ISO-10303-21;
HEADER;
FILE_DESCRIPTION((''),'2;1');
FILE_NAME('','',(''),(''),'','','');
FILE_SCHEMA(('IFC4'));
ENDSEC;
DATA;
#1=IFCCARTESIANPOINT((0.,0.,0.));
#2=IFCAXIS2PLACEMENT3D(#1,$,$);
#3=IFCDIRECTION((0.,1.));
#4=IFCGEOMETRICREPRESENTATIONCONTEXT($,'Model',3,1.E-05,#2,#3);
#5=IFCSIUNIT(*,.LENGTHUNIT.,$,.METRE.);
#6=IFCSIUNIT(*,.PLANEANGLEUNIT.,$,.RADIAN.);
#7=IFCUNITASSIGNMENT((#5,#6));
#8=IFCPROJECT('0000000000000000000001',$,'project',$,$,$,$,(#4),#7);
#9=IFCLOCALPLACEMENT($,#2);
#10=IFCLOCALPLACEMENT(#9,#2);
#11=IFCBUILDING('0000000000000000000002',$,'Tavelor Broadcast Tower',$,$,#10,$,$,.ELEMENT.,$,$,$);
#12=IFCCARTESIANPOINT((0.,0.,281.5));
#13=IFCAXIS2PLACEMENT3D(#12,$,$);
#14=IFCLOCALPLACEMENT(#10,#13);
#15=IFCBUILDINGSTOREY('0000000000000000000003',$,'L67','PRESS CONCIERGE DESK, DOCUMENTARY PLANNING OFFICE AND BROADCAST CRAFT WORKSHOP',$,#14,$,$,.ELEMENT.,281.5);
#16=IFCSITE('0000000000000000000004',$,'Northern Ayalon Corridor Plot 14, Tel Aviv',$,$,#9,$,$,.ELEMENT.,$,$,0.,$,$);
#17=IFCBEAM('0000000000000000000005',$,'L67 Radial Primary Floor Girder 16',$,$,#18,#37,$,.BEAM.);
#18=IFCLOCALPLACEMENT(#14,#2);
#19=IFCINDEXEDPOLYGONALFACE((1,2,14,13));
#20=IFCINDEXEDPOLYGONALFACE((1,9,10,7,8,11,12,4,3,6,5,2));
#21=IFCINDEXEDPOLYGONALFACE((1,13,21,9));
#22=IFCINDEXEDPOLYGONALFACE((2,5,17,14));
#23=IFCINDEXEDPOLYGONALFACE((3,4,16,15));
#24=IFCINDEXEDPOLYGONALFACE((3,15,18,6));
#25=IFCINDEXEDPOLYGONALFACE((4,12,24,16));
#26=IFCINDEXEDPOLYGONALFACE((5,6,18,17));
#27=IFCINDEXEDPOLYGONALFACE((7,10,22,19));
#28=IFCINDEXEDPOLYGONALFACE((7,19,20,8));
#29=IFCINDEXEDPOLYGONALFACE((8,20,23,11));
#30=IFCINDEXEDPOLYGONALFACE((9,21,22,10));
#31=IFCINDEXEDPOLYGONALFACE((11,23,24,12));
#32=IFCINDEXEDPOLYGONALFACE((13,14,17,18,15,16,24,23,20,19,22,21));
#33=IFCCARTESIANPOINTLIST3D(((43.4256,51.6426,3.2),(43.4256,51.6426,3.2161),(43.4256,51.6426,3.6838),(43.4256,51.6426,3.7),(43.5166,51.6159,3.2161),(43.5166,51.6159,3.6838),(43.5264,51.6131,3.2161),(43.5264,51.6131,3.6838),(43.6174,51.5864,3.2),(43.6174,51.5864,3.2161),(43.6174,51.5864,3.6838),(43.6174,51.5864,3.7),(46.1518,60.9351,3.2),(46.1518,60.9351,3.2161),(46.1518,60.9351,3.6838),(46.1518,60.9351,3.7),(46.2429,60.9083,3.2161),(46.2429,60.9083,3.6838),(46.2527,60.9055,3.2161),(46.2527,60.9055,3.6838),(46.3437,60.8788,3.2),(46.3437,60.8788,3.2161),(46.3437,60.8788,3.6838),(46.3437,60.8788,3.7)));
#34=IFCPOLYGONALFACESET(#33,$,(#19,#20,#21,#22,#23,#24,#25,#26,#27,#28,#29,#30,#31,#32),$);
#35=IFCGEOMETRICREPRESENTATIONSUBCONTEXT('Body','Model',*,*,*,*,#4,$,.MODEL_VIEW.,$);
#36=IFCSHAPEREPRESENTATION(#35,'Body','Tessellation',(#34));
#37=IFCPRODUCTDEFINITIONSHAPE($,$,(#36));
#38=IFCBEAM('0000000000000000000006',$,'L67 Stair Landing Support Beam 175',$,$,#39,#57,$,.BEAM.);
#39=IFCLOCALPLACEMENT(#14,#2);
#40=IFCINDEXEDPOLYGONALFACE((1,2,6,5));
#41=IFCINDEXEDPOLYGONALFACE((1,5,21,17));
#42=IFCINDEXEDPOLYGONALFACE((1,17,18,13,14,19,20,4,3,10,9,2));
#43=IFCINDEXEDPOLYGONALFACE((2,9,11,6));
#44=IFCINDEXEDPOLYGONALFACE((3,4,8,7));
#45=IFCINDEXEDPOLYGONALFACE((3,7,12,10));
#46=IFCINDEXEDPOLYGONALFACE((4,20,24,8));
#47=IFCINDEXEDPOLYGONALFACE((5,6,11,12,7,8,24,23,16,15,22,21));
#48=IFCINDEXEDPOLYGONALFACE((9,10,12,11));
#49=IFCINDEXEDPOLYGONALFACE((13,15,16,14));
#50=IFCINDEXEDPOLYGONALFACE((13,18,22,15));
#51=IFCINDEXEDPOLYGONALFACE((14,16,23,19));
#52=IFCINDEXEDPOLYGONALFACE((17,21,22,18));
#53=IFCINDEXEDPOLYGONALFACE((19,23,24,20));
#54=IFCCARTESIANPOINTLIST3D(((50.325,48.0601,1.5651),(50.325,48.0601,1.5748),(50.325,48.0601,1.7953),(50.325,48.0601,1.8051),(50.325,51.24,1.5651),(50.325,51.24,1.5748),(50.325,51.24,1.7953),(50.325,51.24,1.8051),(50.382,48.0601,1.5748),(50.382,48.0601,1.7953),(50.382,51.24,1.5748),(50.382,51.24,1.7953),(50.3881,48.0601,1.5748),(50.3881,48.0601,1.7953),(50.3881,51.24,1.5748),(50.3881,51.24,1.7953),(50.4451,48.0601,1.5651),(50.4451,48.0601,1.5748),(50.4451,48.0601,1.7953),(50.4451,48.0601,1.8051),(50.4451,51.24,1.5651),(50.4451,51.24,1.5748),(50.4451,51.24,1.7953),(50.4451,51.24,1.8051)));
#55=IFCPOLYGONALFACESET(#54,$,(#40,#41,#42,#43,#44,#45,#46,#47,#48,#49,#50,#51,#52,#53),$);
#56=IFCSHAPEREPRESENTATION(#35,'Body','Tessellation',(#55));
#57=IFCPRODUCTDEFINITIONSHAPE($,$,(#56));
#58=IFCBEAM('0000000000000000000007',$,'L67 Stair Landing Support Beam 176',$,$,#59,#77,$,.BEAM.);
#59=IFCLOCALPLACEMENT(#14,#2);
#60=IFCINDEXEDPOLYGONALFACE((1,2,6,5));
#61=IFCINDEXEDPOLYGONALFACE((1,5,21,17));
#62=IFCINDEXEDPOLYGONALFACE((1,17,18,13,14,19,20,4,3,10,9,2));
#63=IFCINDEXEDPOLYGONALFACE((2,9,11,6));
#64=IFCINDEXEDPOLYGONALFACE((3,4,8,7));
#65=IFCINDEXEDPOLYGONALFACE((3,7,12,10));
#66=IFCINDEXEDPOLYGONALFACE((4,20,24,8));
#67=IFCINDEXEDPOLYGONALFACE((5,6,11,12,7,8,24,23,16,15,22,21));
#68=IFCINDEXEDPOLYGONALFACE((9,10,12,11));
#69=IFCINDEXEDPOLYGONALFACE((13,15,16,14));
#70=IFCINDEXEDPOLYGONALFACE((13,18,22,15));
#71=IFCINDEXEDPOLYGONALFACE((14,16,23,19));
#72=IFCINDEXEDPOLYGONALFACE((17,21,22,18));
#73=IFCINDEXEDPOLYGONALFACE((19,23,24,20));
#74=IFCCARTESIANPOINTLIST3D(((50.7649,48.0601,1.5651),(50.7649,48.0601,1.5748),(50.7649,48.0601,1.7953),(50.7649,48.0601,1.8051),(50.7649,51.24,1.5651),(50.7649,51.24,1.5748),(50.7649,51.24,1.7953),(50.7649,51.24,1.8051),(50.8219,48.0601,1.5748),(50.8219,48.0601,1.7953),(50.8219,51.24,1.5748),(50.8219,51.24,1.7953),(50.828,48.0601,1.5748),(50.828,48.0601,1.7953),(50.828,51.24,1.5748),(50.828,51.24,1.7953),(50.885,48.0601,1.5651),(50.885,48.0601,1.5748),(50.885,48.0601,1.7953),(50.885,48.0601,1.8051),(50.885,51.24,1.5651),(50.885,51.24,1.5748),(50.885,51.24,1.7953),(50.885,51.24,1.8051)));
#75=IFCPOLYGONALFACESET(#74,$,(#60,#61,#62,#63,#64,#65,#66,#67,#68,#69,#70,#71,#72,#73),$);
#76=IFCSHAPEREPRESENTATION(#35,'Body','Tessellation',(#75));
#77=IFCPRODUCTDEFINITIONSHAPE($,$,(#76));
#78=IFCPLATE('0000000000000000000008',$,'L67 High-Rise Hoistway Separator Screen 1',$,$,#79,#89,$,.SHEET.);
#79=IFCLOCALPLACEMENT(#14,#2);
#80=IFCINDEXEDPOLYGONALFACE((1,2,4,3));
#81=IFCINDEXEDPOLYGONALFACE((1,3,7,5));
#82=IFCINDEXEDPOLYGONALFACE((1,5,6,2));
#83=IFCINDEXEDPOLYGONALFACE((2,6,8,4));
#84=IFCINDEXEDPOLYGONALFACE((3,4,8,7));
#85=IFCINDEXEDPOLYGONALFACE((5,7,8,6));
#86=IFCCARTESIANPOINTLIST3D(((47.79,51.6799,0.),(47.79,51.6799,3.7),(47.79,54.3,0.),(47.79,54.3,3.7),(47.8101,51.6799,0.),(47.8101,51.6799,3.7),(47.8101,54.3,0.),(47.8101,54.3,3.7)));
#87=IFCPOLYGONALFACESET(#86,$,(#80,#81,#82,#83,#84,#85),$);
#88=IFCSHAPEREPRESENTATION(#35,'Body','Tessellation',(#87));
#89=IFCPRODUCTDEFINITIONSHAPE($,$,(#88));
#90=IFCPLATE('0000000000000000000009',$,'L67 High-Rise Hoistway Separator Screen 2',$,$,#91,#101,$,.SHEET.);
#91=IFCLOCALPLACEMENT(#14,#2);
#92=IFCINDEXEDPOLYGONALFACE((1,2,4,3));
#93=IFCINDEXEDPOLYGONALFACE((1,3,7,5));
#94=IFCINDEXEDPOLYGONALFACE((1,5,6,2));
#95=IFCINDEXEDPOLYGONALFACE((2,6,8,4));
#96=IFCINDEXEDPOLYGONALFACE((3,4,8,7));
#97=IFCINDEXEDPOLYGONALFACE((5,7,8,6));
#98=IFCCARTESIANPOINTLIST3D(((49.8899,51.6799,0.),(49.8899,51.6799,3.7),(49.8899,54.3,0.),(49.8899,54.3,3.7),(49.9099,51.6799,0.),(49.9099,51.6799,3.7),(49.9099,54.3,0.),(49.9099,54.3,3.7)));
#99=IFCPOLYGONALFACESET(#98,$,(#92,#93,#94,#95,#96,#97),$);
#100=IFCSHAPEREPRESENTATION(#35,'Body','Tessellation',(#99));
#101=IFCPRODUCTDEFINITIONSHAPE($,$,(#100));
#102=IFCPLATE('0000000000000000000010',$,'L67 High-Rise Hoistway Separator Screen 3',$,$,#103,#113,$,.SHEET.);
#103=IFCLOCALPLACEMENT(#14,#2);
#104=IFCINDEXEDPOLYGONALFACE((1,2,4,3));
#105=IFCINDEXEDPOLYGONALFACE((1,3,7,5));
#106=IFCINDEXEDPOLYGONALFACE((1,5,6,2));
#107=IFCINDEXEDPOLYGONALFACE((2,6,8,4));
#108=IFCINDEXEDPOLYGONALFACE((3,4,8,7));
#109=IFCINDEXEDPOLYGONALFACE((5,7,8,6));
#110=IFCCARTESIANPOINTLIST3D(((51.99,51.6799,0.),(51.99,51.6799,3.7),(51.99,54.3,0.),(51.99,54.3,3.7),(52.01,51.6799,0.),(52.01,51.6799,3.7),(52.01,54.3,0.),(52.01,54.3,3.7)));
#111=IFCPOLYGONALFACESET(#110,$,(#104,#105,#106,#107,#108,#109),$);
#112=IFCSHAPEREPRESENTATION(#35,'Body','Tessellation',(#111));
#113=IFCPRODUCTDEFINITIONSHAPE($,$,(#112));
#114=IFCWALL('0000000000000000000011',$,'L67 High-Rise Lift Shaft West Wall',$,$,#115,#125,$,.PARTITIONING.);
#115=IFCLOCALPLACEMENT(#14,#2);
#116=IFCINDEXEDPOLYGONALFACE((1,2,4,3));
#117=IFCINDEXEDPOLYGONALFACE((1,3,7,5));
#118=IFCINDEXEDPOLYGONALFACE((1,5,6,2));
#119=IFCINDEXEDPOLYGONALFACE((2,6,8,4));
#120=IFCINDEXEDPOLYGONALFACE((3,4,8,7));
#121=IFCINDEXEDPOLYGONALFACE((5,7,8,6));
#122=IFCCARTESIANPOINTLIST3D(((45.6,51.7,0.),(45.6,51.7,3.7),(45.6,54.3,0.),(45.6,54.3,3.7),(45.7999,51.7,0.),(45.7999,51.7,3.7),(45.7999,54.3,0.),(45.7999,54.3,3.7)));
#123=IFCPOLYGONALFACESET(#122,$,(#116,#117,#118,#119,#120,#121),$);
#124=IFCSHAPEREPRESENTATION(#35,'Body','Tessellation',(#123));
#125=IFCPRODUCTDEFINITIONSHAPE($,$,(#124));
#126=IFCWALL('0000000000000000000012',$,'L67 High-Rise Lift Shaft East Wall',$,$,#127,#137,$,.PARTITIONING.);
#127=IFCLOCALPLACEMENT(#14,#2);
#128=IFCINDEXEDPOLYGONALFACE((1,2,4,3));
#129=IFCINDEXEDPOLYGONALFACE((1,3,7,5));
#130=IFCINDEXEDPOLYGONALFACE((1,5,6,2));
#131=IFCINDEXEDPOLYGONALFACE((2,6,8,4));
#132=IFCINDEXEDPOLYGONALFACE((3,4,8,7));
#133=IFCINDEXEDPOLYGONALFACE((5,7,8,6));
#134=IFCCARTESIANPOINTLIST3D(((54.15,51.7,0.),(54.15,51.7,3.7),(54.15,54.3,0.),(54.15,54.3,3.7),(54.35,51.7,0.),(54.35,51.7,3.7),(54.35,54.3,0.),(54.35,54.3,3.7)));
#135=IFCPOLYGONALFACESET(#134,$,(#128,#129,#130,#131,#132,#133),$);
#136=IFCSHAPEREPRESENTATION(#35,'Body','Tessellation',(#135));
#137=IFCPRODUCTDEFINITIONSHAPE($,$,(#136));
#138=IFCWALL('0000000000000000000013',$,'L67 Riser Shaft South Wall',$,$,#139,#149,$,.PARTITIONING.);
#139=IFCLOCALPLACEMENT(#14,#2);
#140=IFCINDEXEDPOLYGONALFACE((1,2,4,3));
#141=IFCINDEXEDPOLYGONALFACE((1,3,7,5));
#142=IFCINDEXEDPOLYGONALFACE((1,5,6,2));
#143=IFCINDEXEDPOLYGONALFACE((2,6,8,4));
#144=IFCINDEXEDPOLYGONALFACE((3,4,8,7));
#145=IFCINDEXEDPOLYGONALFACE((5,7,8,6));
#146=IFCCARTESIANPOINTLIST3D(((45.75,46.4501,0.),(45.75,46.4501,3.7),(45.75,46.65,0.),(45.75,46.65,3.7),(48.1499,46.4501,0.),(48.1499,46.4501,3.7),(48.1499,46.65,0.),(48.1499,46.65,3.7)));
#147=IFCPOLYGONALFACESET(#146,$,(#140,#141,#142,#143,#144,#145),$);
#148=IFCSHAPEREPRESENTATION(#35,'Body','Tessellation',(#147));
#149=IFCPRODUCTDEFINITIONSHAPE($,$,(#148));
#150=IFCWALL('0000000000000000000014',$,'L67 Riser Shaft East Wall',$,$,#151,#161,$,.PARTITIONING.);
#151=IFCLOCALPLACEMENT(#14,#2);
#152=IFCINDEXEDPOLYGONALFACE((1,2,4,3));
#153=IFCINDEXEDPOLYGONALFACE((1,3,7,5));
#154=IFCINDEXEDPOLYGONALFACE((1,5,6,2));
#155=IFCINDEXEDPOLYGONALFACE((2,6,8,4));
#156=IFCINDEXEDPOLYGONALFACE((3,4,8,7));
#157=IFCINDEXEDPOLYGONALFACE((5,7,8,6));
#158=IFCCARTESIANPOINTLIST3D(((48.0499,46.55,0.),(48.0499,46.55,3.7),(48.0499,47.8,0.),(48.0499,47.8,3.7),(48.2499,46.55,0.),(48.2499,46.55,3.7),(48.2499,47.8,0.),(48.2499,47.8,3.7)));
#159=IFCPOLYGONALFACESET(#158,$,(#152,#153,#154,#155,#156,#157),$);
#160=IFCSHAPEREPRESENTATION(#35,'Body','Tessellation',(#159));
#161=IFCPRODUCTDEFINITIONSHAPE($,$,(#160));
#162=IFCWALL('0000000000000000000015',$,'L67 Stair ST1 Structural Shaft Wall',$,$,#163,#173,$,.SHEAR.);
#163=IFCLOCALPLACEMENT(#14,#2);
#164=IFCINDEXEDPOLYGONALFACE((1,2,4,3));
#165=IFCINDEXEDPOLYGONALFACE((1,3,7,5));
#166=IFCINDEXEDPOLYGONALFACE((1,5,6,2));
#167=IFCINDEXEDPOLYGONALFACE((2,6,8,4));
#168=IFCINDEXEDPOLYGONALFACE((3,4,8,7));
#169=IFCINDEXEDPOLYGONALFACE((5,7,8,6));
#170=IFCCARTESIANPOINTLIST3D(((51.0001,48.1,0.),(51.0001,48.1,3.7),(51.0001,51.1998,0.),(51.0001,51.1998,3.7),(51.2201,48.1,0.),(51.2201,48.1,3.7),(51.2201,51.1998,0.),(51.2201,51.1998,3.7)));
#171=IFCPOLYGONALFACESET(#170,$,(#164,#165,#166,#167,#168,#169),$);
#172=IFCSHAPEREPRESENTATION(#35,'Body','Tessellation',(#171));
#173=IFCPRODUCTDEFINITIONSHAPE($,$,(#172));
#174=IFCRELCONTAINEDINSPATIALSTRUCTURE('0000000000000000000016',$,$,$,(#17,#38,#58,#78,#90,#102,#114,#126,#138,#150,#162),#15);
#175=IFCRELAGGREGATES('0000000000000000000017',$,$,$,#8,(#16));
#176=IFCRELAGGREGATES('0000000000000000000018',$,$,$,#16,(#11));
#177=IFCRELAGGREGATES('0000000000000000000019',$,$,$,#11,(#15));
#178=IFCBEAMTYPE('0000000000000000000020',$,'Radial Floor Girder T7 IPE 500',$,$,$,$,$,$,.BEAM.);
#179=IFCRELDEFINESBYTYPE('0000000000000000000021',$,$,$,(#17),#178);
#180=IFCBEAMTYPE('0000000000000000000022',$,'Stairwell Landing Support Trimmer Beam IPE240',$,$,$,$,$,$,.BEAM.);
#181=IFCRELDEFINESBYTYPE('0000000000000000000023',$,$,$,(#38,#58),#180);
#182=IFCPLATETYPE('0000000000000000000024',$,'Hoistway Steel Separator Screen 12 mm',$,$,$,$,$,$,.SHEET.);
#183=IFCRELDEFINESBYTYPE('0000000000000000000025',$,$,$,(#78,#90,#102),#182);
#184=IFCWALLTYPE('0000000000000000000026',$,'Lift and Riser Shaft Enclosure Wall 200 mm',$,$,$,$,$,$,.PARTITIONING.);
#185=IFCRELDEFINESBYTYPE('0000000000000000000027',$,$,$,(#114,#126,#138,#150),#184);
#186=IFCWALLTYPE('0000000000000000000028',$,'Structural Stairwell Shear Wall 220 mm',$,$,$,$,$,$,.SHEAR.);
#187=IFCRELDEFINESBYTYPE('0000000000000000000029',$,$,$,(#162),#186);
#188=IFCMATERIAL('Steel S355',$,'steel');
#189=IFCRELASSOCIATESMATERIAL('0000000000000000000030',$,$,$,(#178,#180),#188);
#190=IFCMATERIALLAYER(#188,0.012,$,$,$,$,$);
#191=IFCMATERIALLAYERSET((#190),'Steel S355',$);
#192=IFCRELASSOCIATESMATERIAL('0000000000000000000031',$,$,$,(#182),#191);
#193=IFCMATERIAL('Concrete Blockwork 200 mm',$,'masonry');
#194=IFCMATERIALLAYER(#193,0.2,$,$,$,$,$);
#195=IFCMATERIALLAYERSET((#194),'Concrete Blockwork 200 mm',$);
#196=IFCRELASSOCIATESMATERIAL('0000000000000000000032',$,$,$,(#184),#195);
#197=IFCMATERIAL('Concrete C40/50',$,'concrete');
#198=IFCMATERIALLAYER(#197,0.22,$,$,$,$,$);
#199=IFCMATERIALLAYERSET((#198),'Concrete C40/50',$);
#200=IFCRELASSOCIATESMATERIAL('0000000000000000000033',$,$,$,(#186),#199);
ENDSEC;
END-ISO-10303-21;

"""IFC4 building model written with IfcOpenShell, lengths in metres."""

from ifc_helpers import new_model, si_unit, direction, frame, frame_2d, origin, origin_2d, place, context, subcontext, project, spatial, rectangle, i_section, extrude, source, transform, mapped, material, layer, layer_set, material_profile, profile_set, type_object, type_shapes, element, save


model = new_model("IFC4")

# Units and contexts
model_context = context("Model", 3, precision=1e-05, world=origin(), true_north=direction((0.0, 1.0)))
body_context = subcontext(model_context, "Body", "Model", "MODEL_VIEW")
ifc_project = project(units=[si_unit("LENGTHUNIT", "METRE"), si_unit("PLANEANGLEUNIT", "RADIAN")], contexts=[model_context])

# Site, building, storey
site_placement = place(None, origin())
site = spatial("IfcSite", under=ifc_project, at=site_placement, Name="Northern Ayalon Corridor Plot 14, Tel Aviv", CompositionType="ELEMENT", RefElevation=0.0)
building_placement = place(site_placement, origin())
building = spatial("IfcBuilding", under=site, at=building_placement, Name="Tavelor Broadcast Tower", CompositionType="ELEMENT")
storey_placement = place(building_placement, frame((0.0, 0.0, 281.5)))
storey = spatial("IfcBuildingStorey", under=building, at=storey_placement, Name="L67", Description="PRESS CONCIERGE DESK, DOCUMENTARY PLANNING OFFICE AND BROADCAST CRAFT WORKSHOP", CompositionType="ELEMENT", Elevation=281.5)

# Beams
ifc_material_1 = material(Name="Steel S355", Category="steel")
ifc_material_profile_1 = material_profile(ifc_material_1, i_section(OverallWidth=0.2, OverallDepth=0.5, WebThickness=0.0103, FlangeThickness=0.0161, at=origin_2d()), Name="IPE 500")
ifc_profile_set_1 = profile_set([ifc_material_profile_1], Name="Steel S355")
beam_type_1 = type_object("IfcBeamType", Name="Radial Floor Girder T7 IPE 500", PredefinedType="BEAM", material=ifc_profile_set_1)
beam_placement = place(storey_placement, frame((43.5215, 51.6145, 3.45), z_axis=(0.281523, 0.959554, 0.0), x_axis=(-0.959554, 0.281523, 0.0)))
element("IfcBeam", 1, at=beam_placement, inside=storey, type_object=beam_type_1, Name="L67 Radial Primary Floor Girder 16", PredefinedType="BEAM", context=body_context, shape_type="SweptSolid", body=[
    extrude(i_section(OverallWidth=0.2, OverallDepth=0.5, WebThickness=0.0103, FlangeThickness=0.0161, at=origin_2d()), origin(), (0.0, 0.0, 1.0), 9.6841),
])
ifc_material_profile_2 = material_profile(ifc_material_1, i_section(OverallWidth=0.1201, OverallDepth=0.24, WebThickness=0.0061, FlangeThickness=0.0098, at=origin_2d()), Name="IPE 240")
ifc_profile_set_2 = profile_set([ifc_material_profile_2], Name="Steel S355")
beam_type_2 = type_object("IfcBeamType", Name="Stairwell Landing Support Trimmer Beam IPE240", PredefinedType="BEAM", material=ifc_profile_set_2)
for number, where, z_axis, x_axis, name in (
    (2, (50.385, 48.0601, 1.6851), (0.0, 1.0, 0.0), (-1.0, 0.0, 0.0), "L67 Stair Landing Support Beam 175"),
    (3, (50.825, 48.0601, 1.6851), (0.0, 1.0, 0.0), (-1.0, 0.0, 0.0), "L67 Stair Landing Support Beam 176"),
):
    element("IfcBeam", number, at=place(storey_placement, frame(where, z_axis=z_axis, x_axis=x_axis)), inside=storey, type_object=beam_type_2, Name=name, PredefinedType="BEAM", context=body_context, shape_type="SweptSolid", body=[
        extrude(i_section(OverallWidth=0.1201, OverallDepth=0.24, WebThickness=0.0061, FlangeThickness=0.0098, at=origin_2d()), origin(), (0.0, 0.0, 1.0), 3.1799),
    ])

# Plates
ifc_layer_1 = layer(ifc_material_1, 0.012)
ifc_layer_set_1 = layer_set([ifc_layer_1], Name="Steel S355")
plate_type = type_object("IfcPlateType", Name="Hoistway Steel Separator Screen 12 mm", PredefinedType="SHEET", material=ifc_layer_set_1)
shared_shape = source(origin(), body_context, "Body", "SweptSolid", [
    extrude(rectangle(XDim=0.02, YDim=2.6201, at=origin_2d()), origin(), (0.0, 0.0, 1.0), 3.7),
])
type_shapes(plate_type, [shared_shape])
for number, where, z_axis, x_axis, name in (
    (4, (47.8, 52.99, 0.0), (0.0, 0.0, 1.0), (1.0, 0.0, 0.0), "L67 High-Rise Hoistway Separator Screen 1"),
    (5, (49.8999, 52.99, 0.0), (0.0, 0.0, 1.0), (1.0, 0.0, 0.0), "L67 High-Rise Hoistway Separator Screen 2"),
    (6, (52.0, 52.99, 0.0), (0.0, 0.0, 1.0), (1.0, 0.0, 0.0), "L67 High-Rise Hoistway Separator Screen 3"),
):
    element("IfcPlate", number, at=place(storey_placement, frame(where, z_axis=z_axis, x_axis=x_axis)), inside=storey, type_object=plate_type, Name=name, PredefinedType="SHEET", context=body_context, shape_type="MappedRepresentation", body=[
        mapped(shared_shape, transform((0.0, 0.0, 0.0), scale=1.0)),
    ])

# Shared definitions
ifc_material_2 = material(Name="Concrete Blockwork 200 mm", Category="masonry")

# Walls
ifc_layer_2 = layer(ifc_material_2, 0.2)
ifc_layer_set_2 = layer_set([ifc_layer_2], Name="Concrete Blockwork 200 mm")
wall_type_1 = type_object("IfcWallType", Name="Lift and Riser Shaft Enclosure Wall 200 mm", PredefinedType="PARTITIONING", material=ifc_layer_set_2)
for number, where, z_axis, x_axis, name in (
    (7, (45.7, 51.7, 0.0), (0.0, 0.0, 1.0), (0.0, 1.0, 0.0), "L67 High-Rise Lift Shaft West Wall"),
    (8, (54.25, 51.7, 0.0), (0.0, 0.0, 1.0), (0.0, 1.0, 0.0), "L67 High-Rise Lift Shaft East Wall"),
):
    element("IfcWall", number, at=place(storey_placement, frame(where, z_axis=z_axis, x_axis=x_axis)), inside=storey, type_object=wall_type_1, Name=name, PredefinedType="PARTITIONING", context=body_context, shape_type="SweptSolid", body=[
        extrude(rectangle(XDim=2.6001, YDim=0.2, at=frame_2d((1.3, 0.0))), origin(), (0.0, 0.0, 1.0), 3.7),
    ])
wall_1_placement = place(storey_placement, frame((45.75, 46.55, 0.0), z_axis=(0.0, 0.0, 1.0), x_axis=(1.0, 0.0, 0.0)))
element("IfcWall", 9, at=wall_1_placement, inside=storey, type_object=wall_type_1, Name="L67 Riser Shaft South Wall", PredefinedType="PARTITIONING", context=body_context, shape_type="SweptSolid", body=[
    extrude(rectangle(XDim=2.3999, YDim=0.2, at=frame_2d((1.2, 0.0))), origin(), (0.0, 0.0, 1.0), 3.7),
])
wall_2_placement = place(storey_placement, frame((48.1499, 46.55, 0.0), z_axis=(0.0, 0.0, 1.0), x_axis=(0.0, 1.0, 0.0)))
element("IfcWall", 10, at=wall_2_placement, inside=storey, type_object=wall_type_1, Name="L67 Riser Shaft East Wall", PredefinedType="PARTITIONING", context=body_context, shape_type="SweptSolid", body=[
    extrude(rectangle(XDim=1.25, YDim=0.2, at=frame_2d((0.625, 0.0))), origin(), (0.0, 0.0, 1.0), 3.7),
])
ifc_material_3 = material(Name="Concrete C40/50", Category="concrete")
ifc_layer_3 = layer(ifc_material_3, 0.22)
ifc_layer_set_3 = layer_set([ifc_layer_3], Name="Concrete C40/50")
wall_type_2 = type_object("IfcWallType", Name="Structural Stairwell Shear Wall 220 mm", PredefinedType="SHEAR", material=ifc_layer_set_3)
wall_3_placement = place(storey_placement, frame((51.1101, 48.1001, 0.0), z_axis=(0.0, 0.0, 1.0), x_axis=(0.0, 1.0, 0.0)))
element("IfcWall", 11, at=wall_3_placement, inside=storey, type_object=wall_type_2, Name="L67 Stair ST1 Structural Shaft Wall", PredefinedType="SHEAR", context=body_context, shape_type="SweptSolid", body=[
    extrude(rectangle(XDim=3.0999, YDim=0.22, at=frame_2d((1.5498, 0.0))), origin(), (0.0, 0.0, 1.0), 3.7),
])

save(model, "model.ifc")
